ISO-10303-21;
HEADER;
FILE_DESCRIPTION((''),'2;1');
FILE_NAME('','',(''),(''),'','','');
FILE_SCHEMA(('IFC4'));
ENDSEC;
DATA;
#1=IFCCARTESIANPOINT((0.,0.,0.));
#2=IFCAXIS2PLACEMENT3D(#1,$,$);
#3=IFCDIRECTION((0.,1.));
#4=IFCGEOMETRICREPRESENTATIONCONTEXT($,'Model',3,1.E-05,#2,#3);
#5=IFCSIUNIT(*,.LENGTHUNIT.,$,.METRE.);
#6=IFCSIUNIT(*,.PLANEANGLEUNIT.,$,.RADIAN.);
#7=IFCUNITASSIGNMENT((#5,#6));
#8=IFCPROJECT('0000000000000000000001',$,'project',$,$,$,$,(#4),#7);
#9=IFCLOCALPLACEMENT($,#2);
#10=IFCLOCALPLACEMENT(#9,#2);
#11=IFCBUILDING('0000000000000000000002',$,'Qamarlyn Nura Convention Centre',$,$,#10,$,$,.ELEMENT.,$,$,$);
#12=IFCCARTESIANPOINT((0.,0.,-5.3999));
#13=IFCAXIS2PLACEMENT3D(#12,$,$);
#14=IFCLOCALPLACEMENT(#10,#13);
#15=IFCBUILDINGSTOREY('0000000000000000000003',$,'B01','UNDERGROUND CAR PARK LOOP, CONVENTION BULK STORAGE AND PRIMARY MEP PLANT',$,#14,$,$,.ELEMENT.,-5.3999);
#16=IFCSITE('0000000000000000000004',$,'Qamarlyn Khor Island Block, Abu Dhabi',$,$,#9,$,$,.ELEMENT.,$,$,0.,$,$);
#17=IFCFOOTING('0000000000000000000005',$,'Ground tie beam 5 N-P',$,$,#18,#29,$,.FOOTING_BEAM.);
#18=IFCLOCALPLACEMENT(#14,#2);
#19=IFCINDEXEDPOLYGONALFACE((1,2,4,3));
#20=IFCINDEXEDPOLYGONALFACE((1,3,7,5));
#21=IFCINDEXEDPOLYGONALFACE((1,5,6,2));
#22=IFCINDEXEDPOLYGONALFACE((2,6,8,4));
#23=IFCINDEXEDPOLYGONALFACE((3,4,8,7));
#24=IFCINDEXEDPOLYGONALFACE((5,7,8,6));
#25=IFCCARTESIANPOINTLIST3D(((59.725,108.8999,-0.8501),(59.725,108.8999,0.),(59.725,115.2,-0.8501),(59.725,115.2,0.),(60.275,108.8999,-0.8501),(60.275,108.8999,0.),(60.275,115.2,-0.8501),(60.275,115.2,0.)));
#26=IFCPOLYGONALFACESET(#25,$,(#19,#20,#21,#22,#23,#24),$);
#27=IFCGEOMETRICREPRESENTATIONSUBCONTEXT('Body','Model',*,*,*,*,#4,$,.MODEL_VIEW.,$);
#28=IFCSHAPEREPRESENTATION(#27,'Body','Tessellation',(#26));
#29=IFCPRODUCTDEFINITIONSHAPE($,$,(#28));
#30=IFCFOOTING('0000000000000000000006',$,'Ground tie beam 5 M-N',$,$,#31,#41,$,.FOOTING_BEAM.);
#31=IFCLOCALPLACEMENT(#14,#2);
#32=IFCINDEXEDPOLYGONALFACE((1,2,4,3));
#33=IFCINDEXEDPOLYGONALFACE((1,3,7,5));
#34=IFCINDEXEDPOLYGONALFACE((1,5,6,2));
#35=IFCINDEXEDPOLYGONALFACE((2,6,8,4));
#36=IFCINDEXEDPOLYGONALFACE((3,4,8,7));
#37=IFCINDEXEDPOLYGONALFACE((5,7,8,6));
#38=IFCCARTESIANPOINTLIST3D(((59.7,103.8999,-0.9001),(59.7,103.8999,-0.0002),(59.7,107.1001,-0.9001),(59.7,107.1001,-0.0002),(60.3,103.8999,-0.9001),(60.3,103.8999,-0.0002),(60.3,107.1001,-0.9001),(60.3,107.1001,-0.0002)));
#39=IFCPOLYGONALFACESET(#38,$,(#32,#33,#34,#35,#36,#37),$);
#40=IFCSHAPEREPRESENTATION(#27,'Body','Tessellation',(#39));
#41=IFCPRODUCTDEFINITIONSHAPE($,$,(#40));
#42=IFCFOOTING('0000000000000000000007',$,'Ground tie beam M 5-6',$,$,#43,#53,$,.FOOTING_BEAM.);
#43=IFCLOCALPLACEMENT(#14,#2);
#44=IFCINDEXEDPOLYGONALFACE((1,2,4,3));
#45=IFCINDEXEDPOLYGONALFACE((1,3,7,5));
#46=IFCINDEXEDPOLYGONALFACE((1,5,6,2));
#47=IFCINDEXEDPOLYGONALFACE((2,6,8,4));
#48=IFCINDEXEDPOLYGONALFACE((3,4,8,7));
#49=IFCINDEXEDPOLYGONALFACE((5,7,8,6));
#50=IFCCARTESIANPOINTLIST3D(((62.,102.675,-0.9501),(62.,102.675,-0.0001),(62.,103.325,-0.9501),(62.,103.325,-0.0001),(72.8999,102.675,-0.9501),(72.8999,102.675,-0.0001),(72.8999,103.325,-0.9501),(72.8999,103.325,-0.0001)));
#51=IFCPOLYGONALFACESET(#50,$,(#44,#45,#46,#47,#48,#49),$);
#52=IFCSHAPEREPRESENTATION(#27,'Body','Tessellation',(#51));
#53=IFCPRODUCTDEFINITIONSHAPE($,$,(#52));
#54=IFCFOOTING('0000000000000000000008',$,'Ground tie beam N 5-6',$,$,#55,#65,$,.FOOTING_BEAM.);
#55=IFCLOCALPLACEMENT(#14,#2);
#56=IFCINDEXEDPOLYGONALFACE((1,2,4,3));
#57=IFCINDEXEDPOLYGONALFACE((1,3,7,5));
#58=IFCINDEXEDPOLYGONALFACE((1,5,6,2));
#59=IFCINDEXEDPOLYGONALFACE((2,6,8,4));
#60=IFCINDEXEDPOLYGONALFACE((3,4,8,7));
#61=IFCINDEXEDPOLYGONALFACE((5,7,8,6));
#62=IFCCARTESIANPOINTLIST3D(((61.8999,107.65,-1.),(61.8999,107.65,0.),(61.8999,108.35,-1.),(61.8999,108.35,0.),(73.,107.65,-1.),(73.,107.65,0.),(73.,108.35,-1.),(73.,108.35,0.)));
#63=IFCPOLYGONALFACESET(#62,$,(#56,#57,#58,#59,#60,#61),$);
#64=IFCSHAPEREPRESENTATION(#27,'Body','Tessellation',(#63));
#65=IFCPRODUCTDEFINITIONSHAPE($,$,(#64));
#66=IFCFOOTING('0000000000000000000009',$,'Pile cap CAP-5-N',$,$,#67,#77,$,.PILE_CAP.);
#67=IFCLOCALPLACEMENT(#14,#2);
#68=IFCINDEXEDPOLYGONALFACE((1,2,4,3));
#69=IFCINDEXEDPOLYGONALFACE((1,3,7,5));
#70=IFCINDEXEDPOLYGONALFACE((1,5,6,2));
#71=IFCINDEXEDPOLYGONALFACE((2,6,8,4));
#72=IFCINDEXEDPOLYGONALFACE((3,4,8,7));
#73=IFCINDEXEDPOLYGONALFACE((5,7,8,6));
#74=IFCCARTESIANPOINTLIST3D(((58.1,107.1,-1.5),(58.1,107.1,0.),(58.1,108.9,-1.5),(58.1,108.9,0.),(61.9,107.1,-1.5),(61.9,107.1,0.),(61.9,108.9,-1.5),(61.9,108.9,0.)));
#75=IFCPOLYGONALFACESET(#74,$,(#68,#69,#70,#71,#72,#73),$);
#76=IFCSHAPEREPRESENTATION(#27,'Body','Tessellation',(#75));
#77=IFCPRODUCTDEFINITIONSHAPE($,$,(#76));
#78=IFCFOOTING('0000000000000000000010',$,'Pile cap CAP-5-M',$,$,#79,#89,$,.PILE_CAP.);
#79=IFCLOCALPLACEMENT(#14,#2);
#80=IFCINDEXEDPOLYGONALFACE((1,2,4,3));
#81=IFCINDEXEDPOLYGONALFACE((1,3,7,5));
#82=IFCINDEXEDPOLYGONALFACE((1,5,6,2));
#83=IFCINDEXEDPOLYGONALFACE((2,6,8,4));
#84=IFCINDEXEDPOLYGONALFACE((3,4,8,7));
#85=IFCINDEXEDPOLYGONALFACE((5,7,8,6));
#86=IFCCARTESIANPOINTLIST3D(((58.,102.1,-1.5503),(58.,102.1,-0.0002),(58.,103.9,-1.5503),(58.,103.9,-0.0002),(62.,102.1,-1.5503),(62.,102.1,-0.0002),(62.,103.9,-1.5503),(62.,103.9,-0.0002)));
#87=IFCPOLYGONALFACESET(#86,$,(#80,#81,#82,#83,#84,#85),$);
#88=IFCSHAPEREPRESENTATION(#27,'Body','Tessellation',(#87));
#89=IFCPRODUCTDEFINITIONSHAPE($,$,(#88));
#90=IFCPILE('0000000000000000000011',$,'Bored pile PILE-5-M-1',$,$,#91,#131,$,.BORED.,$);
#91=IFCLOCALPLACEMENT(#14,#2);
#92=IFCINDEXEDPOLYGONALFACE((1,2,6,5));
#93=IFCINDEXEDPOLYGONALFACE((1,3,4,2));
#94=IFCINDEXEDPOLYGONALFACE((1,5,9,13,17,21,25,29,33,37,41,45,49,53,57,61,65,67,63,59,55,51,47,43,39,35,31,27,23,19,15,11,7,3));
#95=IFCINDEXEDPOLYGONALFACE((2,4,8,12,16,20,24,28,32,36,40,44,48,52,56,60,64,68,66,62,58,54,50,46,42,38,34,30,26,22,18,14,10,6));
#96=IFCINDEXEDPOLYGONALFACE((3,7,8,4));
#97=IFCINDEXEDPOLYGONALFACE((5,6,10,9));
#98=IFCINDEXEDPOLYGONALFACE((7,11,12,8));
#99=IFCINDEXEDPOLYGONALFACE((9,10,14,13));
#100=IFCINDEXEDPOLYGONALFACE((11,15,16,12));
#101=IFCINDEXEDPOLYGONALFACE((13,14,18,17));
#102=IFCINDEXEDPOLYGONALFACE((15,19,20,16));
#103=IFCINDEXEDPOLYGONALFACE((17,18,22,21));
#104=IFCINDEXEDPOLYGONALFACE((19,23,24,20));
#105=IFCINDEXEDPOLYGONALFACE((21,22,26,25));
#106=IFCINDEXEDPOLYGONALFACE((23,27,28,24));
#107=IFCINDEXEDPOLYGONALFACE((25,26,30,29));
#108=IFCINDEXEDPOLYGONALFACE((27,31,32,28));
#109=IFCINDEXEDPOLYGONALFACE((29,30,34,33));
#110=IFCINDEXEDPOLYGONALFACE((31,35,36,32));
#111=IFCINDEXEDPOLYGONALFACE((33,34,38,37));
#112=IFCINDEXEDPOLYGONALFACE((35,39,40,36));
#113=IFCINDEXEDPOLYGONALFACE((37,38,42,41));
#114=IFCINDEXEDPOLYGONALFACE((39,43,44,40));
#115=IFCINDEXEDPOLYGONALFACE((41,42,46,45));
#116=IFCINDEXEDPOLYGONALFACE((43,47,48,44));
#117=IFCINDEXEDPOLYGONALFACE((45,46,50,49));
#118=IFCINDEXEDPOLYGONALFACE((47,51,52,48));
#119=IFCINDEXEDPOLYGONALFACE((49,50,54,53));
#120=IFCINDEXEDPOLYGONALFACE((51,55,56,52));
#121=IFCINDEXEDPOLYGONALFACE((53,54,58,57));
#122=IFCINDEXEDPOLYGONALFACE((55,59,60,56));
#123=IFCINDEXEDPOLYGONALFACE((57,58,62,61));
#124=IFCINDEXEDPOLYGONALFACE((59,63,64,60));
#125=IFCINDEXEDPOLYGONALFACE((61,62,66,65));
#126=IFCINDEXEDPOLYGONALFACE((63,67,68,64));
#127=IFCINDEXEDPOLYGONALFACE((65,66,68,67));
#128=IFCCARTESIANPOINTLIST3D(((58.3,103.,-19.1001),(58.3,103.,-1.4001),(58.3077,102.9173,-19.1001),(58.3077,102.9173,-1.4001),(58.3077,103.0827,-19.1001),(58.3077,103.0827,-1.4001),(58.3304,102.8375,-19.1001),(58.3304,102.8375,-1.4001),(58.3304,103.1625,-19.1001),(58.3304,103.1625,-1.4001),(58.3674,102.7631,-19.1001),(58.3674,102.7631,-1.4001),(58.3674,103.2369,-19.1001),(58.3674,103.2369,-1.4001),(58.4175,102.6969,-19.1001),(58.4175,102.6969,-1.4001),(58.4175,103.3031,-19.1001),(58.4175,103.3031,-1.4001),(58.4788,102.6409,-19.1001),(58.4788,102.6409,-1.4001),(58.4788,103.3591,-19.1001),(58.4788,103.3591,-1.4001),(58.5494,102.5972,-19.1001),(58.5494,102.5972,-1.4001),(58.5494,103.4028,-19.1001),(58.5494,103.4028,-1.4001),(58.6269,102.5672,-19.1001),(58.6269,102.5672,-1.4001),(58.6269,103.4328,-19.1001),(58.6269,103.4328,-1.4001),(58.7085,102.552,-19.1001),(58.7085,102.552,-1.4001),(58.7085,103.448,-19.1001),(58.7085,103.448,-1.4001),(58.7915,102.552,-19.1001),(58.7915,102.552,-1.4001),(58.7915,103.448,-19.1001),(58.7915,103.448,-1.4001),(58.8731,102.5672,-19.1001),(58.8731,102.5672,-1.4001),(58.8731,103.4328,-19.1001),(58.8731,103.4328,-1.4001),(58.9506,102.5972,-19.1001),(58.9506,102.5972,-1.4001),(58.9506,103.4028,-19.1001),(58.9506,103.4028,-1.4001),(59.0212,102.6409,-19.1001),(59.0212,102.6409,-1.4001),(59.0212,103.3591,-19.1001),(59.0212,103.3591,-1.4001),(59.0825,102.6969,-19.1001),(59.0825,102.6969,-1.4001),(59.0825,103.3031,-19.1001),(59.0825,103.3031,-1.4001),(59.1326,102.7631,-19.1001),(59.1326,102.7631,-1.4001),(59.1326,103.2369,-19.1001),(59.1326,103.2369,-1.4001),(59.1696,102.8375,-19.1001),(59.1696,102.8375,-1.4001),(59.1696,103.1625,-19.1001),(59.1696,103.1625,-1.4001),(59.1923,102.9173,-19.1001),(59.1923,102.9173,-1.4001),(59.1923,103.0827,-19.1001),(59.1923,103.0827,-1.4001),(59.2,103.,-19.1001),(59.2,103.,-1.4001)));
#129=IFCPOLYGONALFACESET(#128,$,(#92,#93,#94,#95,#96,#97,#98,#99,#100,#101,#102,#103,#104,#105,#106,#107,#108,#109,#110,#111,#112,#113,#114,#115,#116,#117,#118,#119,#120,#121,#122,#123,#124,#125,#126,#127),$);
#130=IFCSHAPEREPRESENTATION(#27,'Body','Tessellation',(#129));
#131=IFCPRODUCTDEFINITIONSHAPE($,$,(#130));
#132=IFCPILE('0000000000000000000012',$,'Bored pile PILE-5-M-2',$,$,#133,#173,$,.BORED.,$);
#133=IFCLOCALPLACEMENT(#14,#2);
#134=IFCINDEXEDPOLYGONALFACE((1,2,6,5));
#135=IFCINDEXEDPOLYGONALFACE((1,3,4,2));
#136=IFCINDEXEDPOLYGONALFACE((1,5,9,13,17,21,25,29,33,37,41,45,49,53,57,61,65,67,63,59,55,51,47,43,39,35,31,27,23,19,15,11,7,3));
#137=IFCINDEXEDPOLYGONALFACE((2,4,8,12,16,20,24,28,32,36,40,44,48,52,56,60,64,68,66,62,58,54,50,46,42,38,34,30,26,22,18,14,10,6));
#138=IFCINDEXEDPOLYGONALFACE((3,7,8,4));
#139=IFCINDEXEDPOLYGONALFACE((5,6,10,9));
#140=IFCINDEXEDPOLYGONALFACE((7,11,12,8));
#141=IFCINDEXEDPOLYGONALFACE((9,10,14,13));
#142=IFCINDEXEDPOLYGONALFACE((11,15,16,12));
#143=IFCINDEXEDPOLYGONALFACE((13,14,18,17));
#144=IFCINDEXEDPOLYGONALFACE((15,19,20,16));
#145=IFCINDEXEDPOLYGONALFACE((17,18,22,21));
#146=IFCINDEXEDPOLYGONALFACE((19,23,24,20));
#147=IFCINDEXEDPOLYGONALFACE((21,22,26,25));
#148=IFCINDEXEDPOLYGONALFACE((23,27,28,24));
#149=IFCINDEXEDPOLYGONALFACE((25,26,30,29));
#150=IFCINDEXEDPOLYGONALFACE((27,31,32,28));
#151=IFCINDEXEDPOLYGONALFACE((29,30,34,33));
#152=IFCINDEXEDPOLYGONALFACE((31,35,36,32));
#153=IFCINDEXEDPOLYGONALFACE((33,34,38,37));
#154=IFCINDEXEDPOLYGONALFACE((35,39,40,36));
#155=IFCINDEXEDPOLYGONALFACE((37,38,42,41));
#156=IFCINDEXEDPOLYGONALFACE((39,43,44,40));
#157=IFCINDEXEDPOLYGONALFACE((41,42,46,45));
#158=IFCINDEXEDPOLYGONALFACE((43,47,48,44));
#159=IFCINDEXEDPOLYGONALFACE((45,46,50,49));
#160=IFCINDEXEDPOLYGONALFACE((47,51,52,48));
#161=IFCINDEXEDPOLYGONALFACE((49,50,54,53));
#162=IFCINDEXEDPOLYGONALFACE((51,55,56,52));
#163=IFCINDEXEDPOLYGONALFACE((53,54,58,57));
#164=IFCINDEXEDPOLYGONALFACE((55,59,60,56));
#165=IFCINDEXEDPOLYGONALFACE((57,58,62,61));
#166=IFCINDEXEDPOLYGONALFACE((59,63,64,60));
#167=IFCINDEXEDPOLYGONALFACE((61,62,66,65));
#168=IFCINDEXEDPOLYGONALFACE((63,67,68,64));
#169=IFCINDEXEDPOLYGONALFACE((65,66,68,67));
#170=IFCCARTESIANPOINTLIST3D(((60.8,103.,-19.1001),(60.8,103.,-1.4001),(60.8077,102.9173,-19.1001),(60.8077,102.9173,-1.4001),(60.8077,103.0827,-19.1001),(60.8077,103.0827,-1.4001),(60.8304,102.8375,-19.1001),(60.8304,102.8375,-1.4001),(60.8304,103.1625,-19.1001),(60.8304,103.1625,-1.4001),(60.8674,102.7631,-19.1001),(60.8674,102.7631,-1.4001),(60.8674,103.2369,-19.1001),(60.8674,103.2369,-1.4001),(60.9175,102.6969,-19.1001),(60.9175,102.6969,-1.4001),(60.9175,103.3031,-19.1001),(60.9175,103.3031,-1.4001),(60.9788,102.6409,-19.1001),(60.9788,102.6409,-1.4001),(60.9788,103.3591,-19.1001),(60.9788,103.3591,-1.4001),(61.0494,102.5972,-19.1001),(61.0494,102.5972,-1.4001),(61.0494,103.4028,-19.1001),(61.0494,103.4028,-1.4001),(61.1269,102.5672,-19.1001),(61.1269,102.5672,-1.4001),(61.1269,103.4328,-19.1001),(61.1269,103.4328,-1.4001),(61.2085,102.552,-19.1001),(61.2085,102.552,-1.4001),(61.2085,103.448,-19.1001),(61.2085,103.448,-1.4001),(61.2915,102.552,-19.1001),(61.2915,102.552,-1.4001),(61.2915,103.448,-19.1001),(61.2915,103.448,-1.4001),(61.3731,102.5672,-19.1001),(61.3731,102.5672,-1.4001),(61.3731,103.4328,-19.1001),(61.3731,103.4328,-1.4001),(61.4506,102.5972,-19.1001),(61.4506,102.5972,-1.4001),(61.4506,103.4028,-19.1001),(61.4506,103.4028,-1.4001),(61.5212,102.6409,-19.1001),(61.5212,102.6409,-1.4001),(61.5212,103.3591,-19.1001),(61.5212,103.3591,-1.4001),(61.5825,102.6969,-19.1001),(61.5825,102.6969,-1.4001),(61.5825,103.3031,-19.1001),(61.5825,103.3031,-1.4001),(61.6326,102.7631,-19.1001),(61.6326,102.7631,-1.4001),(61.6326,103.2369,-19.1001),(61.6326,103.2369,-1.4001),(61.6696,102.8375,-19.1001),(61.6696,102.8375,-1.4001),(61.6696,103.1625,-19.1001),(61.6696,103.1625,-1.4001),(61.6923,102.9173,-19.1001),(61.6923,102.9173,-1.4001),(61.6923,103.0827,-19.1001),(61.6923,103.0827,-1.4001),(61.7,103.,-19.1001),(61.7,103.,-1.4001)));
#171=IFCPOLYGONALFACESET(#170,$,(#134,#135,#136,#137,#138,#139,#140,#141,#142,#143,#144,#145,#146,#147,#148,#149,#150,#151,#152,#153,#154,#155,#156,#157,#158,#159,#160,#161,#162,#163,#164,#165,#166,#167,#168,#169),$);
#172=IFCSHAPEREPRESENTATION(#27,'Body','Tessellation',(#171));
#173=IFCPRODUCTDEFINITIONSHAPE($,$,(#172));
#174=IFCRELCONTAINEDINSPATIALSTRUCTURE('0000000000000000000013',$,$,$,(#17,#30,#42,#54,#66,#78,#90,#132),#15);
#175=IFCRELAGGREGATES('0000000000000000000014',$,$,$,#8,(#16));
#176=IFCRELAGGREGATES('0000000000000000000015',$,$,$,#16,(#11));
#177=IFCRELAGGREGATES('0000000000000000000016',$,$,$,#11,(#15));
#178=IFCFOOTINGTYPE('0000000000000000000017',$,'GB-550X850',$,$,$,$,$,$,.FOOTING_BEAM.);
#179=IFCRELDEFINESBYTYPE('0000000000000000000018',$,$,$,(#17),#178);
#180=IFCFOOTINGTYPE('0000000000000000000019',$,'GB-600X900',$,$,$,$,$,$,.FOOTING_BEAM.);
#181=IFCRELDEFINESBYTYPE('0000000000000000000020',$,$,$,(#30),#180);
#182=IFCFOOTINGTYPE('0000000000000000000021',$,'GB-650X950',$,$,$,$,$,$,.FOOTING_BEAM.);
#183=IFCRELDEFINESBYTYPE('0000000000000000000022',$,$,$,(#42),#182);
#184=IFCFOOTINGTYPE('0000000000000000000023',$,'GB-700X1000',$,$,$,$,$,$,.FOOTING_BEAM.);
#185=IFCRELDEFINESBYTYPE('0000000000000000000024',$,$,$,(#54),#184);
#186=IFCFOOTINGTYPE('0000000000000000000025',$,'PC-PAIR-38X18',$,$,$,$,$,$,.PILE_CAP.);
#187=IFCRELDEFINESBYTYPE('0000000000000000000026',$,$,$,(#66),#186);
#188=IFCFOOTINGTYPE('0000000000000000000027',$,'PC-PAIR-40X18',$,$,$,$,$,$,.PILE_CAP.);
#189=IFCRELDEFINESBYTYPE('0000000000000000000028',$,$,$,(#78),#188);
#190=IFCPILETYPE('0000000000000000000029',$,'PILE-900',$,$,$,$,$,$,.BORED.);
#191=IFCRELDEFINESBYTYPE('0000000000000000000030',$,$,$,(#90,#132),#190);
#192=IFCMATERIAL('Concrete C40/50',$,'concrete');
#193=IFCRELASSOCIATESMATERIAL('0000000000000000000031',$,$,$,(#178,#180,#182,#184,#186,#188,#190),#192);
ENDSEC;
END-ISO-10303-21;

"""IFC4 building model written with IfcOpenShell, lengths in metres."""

from ifc_helpers import new_model, si_unit, direction, frame, origin, origin_2d, place, context, subcontext, project, spatial, rectangle, circle, extrude, material, material_profile, profile_set, type_object, element, save


model = new_model("IFC4")

# Units and contexts
model_context = context("Model", 3, precision=1e-05, world=origin(), true_north=direction((0.0, 1.0)))
body_context = subcontext(model_context, "Body", "Model", "MODEL_VIEW")
ifc_project = project(units=[si_unit("LENGTHUNIT", "METRE"), si_unit("PLANEANGLEUNIT", "RADIAN")], contexts=[model_context])

# Site, building, storey
site_placement = place(None, origin())
site = spatial("IfcSite", under=ifc_project, at=site_placement, Name="Qamarlyn Khor Island Block, Abu Dhabi", CompositionType="ELEMENT", RefElevation=0.0)
building_placement = place(site_placement, origin())
building = spatial("IfcBuilding", under=site, at=building_placement, Name="Qamarlyn Nura Convention Centre", CompositionType="ELEMENT")
storey_placement = place(building_placement, frame((0.0, 0.0, -5.3999)))
storey = spatial("IfcBuildingStorey", under=building, at=storey_placement, Name="B01", Description="UNDERGROUND CAR PARK LOOP, CONVENTION BULK STORAGE AND PRIMARY MEP PLANT", CompositionType="ELEMENT", Elevation=-5.3999)

# Footings
ifc_material_1 = material(Name="Concrete C40/50", Category="concrete")
ifc_material_profile_1 = material_profile(ifc_material_1, rectangle(XDim=0.55, YDim=0.8501, at=origin_2d()), Name="RC GB 550x850")
ifc_profile_set_1 = profile_set([ifc_material_profile_1], Name="Concrete C40/50")
footing_type_1 = type_object("IfcFootingType", Name="GB-550X850", PredefinedType="FOOTING_BEAM", material=ifc_profile_set_1)
footing_1_placement = place(storey_placement, frame((60.0, 108.8999, -0.425), z_axis=(0.0, 1.0, 0.0), x_axis=(-1.0, 0.0, 0.0)))
element("IfcFooting", 1, at=footing_1_placement, inside=storey, type_object=footing_type_1, Name="Ground tie beam 5 N-P", PredefinedType="FOOTING_BEAM", context=body_context, shape_type="SweptSolid", body=[
    extrude(rectangle(XDim=0.55, YDim=0.8501, at=origin_2d()), origin(), (0.0, 0.0, 1.0), 6.3),
])
ifc_material_profile_2 = material_profile(ifc_material_1, rectangle(XDim=0.6001, YDim=0.8999, at=origin_2d()), Name="RC GB 600x900")
ifc_profile_set_2 = profile_set([ifc_material_profile_2], Name="Concrete C40/50")
footing_type_2 = type_object("IfcFootingType", Name="GB-600X900", PredefinedType="FOOTING_BEAM", material=ifc_profile_set_2)
footing_2_placement = place(storey_placement, frame((60.0, 103.8999, -0.4502), z_axis=(0.0, 1.0, 0.0), x_axis=(-1.0, 0.0, 0.0)))
element("IfcFooting", 2, at=footing_2_placement, inside=storey, type_object=footing_type_2, Name="Ground tie beam 5 M-N", PredefinedType="FOOTING_BEAM", context=body_context, shape_type="SweptSolid", body=[
    extrude(rectangle(XDim=0.6001, YDim=0.8999, at=origin_2d()), origin(), (0.0, 0.0, 1.0), 3.2002),
])
ifc_material_profile_3 = material_profile(ifc_material_1, rectangle(XDim=0.6499, YDim=0.95, at=origin_2d()), Name="RC GB 650x950")
ifc_profile_set_3 = profile_set([ifc_material_profile_3], Name="Concrete C40/50")
footing_type_3 = type_object("IfcFootingType", Name="GB-650X950", PredefinedType="FOOTING_BEAM", material=ifc_profile_set_3)
footing_3_placement = place(storey_placement, frame((62.0, 103.0, -0.4751), z_axis=(1.0, 0.0, 0.0), x_axis=(0.0, 1.0, 0.0)))
element("IfcFooting", 3, at=footing_3_placement, inside=storey, type_object=footing_type_3, Name="Ground tie beam M 5-6", PredefinedType="FOOTING_BEAM", context=body_context, shape_type="SweptSolid", body=[
    extrude(rectangle(XDim=0.6499, YDim=0.95, at=origin_2d()), origin(), (0.0, 0.0, 1.0), 10.8999),
])
ifc_material_profile_4 = material_profile(ifc_material_1, rectangle(XDim=0.7, YDim=1.0, at=origin_2d()), Name="RC GB 700x1000")
ifc_profile_set_4 = profile_set([ifc_material_profile_4], Name="Concrete C40/50")
footing_type_4 = type_object("IfcFootingType", Name="GB-700X1000", PredefinedType="FOOTING_BEAM", material=ifc_profile_set_4)
footing_4_placement = place(storey_placement, frame((61.8999, 108.0, -0.5), z_axis=(1.0, 0.0, 0.0), x_axis=(0.0, 1.0, 0.0)))
element("IfcFooting", 4, at=footing_4_placement, inside=storey, type_object=footing_type_4, Name="Ground tie beam N 5-6", PredefinedType="FOOTING_BEAM", context=body_context, shape_type="SweptSolid", body=[
    extrude(rectangle(XDim=0.7, YDim=1.0, at=origin_2d()), origin(), (0.0, 0.0, 1.0), 11.1001),
])
footing_type_5 = type_object("IfcFootingType", Name="PC-PAIR-38X18", PredefinedType="PILE_CAP", material=ifc_material_1)
footing_5_placement = place(storey_placement, frame((60.0, 108.0, -1.5), z_axis=(0.0, 0.0, 1.0), x_axis=(1.0, 0.0, 0.0)))
element("IfcFooting", 5, at=footing_5_placement, inside=storey, type_object=footing_type_5, Name="Pile cap CAP-5-N", PredefinedType="PILE_CAP", context=body_context, shape_type="SweptSolid", body=[
    extrude(rectangle(XDim=3.8, YDim=1.8, at=origin_2d()), origin(), (0.0, 0.0, 1.0), 1.5),
])
footing_type_6 = type_object("IfcFootingType", Name="PC-PAIR-40X18", PredefinedType="PILE_CAP", material=ifc_material_1)
footing_6_placement = place(storey_placement, frame((60.0, 103.0, -1.5503), z_axis=(0.0, 0.0, 1.0), x_axis=(1.0, 0.0, 0.0)))
element("IfcFooting", 6, at=footing_6_placement, inside=storey, type_object=footing_type_6, Name="Pile cap CAP-5-M", PredefinedType="PILE_CAP", context=body_context, shape_type="SweptSolid", body=[
    extrude(rectangle(XDim=4.0, YDim=1.8, at=origin_2d()), origin(), (0.0, 0.0, 1.0), 1.55),
])

# Piles
ifc_material_profile_5 = material_profile(ifc_material_1, circle(Radius=0.45, at=origin_2d()), Name="BORED PILE 900")
ifc_profile_set_5 = profile_set([ifc_material_profile_5], Name="Concrete C40/50")
pile_type = type_object("IfcPileType", Name="PILE-900", PredefinedType="BORED", material=ifc_profile_set_5)
for number, where, z_axis, x_axis, name in (
    (7, (58.75, 103.0, -1.4001), (0.0, 0.0, -1.0), (1.0, 0.0, 0.0), "Bored pile PILE-5-M-1"),
    (8, (61.25, 103.0, -1.4001), (0.0, 0.0, -1.0), (1.0, 0.0, 0.0), "Bored pile PILE-5-M-2"),
):
    element("IfcPile", number, at=place(storey_placement, frame(where, z_axis=z_axis, x_axis=x_axis)), inside=storey, type_object=pile_type, Name=name, PredefinedType="BORED", context=body_context, shape_type="SweptSolid", body=[
        extrude(circle(Radius=0.45, at=origin_2d()), origin(), (0.0, 0.0, 1.0), 17.7),
    ])

save(model, "model.ifc")
